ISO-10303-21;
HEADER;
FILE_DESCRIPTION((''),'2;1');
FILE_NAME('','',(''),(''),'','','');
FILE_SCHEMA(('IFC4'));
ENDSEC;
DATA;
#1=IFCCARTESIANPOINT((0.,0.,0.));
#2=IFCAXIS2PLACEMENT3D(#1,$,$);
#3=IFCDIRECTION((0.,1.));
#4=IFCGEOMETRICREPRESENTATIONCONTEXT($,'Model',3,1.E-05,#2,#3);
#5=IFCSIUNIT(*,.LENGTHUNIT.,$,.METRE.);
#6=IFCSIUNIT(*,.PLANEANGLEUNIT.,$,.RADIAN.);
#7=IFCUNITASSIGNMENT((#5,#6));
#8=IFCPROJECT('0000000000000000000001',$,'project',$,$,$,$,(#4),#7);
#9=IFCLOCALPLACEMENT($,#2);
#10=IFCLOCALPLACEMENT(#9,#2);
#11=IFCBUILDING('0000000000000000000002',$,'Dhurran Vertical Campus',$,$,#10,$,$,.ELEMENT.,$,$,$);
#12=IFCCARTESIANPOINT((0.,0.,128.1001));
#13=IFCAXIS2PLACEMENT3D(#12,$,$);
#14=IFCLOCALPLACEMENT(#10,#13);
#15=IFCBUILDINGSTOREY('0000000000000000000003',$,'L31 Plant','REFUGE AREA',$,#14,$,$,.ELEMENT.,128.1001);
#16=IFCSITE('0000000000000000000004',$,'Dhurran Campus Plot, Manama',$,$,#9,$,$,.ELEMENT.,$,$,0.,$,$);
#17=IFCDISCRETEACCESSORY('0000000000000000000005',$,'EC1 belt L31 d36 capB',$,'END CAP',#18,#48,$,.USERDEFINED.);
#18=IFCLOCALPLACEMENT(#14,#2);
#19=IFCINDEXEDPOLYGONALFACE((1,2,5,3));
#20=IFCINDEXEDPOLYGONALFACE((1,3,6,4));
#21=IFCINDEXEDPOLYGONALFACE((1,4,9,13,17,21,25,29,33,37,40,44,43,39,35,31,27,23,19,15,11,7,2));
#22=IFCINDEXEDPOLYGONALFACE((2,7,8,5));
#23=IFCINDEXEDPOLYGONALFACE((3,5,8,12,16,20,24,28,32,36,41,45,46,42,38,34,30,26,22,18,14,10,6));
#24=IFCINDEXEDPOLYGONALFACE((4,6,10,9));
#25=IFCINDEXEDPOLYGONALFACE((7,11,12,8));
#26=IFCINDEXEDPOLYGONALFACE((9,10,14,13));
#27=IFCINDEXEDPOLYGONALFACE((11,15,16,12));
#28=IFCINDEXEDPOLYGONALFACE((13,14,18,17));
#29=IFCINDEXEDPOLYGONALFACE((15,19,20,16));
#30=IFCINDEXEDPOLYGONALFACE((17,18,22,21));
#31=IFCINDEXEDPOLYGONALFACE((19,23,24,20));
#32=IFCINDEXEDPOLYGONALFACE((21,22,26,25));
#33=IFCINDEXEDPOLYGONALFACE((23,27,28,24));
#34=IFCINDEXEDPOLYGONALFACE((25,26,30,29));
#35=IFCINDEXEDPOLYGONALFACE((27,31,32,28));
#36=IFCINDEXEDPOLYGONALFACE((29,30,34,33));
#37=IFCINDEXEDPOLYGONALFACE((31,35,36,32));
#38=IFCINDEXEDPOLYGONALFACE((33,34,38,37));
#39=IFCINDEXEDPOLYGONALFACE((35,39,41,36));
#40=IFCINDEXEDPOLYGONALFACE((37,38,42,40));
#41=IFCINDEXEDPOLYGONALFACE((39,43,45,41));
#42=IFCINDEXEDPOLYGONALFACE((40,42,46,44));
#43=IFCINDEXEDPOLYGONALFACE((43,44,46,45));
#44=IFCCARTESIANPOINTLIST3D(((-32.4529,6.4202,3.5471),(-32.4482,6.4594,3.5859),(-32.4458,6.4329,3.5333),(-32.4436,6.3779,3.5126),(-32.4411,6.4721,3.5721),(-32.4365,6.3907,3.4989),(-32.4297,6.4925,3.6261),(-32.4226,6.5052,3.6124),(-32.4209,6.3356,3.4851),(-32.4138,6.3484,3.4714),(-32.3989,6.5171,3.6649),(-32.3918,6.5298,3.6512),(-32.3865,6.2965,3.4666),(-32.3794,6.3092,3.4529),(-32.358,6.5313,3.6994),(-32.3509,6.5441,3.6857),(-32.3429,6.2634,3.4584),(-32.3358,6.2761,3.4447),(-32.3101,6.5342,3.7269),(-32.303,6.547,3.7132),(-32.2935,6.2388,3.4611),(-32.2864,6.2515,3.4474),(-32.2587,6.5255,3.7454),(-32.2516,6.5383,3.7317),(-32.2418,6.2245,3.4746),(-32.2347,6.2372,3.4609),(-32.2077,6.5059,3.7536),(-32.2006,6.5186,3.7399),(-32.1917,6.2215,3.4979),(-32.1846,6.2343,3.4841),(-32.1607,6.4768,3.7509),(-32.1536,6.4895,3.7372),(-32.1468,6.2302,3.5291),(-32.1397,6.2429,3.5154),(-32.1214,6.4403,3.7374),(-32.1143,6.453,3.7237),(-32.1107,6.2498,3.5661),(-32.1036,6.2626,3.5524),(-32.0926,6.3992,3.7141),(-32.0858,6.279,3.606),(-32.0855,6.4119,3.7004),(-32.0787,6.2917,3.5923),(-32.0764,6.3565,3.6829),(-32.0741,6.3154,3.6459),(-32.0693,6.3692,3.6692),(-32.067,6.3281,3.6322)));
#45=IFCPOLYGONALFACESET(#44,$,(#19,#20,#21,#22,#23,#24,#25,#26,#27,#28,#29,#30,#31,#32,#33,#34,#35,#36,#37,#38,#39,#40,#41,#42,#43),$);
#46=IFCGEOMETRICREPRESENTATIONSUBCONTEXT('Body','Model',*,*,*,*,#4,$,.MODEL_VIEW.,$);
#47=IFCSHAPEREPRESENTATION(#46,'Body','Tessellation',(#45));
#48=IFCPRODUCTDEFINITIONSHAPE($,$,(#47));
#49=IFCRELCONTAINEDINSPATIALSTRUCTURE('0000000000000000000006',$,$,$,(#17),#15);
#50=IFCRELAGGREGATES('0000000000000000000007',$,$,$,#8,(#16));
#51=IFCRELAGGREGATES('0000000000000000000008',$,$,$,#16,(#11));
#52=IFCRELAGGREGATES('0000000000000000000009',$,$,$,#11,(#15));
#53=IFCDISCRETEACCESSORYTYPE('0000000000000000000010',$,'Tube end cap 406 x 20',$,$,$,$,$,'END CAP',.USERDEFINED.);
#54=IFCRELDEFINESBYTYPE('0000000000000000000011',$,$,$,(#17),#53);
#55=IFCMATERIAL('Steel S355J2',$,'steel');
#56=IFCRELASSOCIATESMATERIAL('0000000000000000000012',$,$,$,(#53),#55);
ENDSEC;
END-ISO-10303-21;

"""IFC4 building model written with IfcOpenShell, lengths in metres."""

from ifc_helpers import new_model, si_unit, direction, frame, origin, origin_2d, place, context, subcontext, project, spatial, circle, extrude, material, material_profile, profile_set, type_object, element, save


model = new_model("IFC4")

# Units and contexts
model_context = context("Model", 3, precision=1e-05, world=origin(), true_north=direction((0.0, 1.0)))
body_context = subcontext(model_context, "Body", "Model", "MODEL_VIEW")
ifc_project = project(units=[si_unit("LENGTHUNIT", "METRE"), si_unit("PLANEANGLEUNIT", "RADIAN")], contexts=[model_context])

# Site, building, storey
site_placement = place(None, origin())
site = spatial("IfcSite", under=ifc_project, at=site_placement, Name="Dhurran Campus Plot, Manama", CompositionType="ELEMENT", RefElevation=0.0)
building_placement = place(site_placement, origin())
building = spatial("IfcBuilding", under=site, at=building_placement, Name="Dhurran Vertical Campus", CompositionType="ELEMENT")
storey_placement = place(building_placement, frame((0.0, 0.0, 128.1001)))
storey = spatial("IfcBuildingStorey", under=building, at=storey_placement, Name="L31 Plant", Description="REFUGE AREA", CompositionType="ELEMENT", Elevation=128.1001)

# Discrete accessory
ifc_material_1 = material(Name="Steel S355J2", Category="steel")
ifc_material_profile_1 = material_profile(ifc_material_1, circle(Radius=0.2031, at=origin_2d()), Name="Tube end cap 406 x 20")
ifc_profile_set_1 = profile_set([ifc_material_profile_1], Name="Steel S355J2")
discrete_accessory_type = type_object("IfcDiscreteAccessoryType", Name="Tube end cap 406 x 20", ElementType="END CAP", PredefinedType="USERDEFINED", material=ifc_profile_set_1)
for number, where, z_axis, x_axis, name in (
    (1, (-32.2561, 6.3906, 3.5923), (-0.354795, -0.636184, 0.685121), (0.873364, -0.487068, 0.0), "EC1 belt L31 d36 capB"),
):
    element("IfcDiscreteAccessory", number, at=place(storey_placement, frame(where, z_axis=z_axis, x_axis=x_axis)), inside=storey, type_object=discrete_accessory_type, Name=name, ObjectType="END CAP", PredefinedType="USERDEFINED", context=body_context, shape_type="SweptSolid", body=[
        extrude(circle(Radius=0.2031, at=origin_2d()), origin(), (0.0, 0.0, 1.0), 0.02),
    ])

save(model, "model.ifc")
